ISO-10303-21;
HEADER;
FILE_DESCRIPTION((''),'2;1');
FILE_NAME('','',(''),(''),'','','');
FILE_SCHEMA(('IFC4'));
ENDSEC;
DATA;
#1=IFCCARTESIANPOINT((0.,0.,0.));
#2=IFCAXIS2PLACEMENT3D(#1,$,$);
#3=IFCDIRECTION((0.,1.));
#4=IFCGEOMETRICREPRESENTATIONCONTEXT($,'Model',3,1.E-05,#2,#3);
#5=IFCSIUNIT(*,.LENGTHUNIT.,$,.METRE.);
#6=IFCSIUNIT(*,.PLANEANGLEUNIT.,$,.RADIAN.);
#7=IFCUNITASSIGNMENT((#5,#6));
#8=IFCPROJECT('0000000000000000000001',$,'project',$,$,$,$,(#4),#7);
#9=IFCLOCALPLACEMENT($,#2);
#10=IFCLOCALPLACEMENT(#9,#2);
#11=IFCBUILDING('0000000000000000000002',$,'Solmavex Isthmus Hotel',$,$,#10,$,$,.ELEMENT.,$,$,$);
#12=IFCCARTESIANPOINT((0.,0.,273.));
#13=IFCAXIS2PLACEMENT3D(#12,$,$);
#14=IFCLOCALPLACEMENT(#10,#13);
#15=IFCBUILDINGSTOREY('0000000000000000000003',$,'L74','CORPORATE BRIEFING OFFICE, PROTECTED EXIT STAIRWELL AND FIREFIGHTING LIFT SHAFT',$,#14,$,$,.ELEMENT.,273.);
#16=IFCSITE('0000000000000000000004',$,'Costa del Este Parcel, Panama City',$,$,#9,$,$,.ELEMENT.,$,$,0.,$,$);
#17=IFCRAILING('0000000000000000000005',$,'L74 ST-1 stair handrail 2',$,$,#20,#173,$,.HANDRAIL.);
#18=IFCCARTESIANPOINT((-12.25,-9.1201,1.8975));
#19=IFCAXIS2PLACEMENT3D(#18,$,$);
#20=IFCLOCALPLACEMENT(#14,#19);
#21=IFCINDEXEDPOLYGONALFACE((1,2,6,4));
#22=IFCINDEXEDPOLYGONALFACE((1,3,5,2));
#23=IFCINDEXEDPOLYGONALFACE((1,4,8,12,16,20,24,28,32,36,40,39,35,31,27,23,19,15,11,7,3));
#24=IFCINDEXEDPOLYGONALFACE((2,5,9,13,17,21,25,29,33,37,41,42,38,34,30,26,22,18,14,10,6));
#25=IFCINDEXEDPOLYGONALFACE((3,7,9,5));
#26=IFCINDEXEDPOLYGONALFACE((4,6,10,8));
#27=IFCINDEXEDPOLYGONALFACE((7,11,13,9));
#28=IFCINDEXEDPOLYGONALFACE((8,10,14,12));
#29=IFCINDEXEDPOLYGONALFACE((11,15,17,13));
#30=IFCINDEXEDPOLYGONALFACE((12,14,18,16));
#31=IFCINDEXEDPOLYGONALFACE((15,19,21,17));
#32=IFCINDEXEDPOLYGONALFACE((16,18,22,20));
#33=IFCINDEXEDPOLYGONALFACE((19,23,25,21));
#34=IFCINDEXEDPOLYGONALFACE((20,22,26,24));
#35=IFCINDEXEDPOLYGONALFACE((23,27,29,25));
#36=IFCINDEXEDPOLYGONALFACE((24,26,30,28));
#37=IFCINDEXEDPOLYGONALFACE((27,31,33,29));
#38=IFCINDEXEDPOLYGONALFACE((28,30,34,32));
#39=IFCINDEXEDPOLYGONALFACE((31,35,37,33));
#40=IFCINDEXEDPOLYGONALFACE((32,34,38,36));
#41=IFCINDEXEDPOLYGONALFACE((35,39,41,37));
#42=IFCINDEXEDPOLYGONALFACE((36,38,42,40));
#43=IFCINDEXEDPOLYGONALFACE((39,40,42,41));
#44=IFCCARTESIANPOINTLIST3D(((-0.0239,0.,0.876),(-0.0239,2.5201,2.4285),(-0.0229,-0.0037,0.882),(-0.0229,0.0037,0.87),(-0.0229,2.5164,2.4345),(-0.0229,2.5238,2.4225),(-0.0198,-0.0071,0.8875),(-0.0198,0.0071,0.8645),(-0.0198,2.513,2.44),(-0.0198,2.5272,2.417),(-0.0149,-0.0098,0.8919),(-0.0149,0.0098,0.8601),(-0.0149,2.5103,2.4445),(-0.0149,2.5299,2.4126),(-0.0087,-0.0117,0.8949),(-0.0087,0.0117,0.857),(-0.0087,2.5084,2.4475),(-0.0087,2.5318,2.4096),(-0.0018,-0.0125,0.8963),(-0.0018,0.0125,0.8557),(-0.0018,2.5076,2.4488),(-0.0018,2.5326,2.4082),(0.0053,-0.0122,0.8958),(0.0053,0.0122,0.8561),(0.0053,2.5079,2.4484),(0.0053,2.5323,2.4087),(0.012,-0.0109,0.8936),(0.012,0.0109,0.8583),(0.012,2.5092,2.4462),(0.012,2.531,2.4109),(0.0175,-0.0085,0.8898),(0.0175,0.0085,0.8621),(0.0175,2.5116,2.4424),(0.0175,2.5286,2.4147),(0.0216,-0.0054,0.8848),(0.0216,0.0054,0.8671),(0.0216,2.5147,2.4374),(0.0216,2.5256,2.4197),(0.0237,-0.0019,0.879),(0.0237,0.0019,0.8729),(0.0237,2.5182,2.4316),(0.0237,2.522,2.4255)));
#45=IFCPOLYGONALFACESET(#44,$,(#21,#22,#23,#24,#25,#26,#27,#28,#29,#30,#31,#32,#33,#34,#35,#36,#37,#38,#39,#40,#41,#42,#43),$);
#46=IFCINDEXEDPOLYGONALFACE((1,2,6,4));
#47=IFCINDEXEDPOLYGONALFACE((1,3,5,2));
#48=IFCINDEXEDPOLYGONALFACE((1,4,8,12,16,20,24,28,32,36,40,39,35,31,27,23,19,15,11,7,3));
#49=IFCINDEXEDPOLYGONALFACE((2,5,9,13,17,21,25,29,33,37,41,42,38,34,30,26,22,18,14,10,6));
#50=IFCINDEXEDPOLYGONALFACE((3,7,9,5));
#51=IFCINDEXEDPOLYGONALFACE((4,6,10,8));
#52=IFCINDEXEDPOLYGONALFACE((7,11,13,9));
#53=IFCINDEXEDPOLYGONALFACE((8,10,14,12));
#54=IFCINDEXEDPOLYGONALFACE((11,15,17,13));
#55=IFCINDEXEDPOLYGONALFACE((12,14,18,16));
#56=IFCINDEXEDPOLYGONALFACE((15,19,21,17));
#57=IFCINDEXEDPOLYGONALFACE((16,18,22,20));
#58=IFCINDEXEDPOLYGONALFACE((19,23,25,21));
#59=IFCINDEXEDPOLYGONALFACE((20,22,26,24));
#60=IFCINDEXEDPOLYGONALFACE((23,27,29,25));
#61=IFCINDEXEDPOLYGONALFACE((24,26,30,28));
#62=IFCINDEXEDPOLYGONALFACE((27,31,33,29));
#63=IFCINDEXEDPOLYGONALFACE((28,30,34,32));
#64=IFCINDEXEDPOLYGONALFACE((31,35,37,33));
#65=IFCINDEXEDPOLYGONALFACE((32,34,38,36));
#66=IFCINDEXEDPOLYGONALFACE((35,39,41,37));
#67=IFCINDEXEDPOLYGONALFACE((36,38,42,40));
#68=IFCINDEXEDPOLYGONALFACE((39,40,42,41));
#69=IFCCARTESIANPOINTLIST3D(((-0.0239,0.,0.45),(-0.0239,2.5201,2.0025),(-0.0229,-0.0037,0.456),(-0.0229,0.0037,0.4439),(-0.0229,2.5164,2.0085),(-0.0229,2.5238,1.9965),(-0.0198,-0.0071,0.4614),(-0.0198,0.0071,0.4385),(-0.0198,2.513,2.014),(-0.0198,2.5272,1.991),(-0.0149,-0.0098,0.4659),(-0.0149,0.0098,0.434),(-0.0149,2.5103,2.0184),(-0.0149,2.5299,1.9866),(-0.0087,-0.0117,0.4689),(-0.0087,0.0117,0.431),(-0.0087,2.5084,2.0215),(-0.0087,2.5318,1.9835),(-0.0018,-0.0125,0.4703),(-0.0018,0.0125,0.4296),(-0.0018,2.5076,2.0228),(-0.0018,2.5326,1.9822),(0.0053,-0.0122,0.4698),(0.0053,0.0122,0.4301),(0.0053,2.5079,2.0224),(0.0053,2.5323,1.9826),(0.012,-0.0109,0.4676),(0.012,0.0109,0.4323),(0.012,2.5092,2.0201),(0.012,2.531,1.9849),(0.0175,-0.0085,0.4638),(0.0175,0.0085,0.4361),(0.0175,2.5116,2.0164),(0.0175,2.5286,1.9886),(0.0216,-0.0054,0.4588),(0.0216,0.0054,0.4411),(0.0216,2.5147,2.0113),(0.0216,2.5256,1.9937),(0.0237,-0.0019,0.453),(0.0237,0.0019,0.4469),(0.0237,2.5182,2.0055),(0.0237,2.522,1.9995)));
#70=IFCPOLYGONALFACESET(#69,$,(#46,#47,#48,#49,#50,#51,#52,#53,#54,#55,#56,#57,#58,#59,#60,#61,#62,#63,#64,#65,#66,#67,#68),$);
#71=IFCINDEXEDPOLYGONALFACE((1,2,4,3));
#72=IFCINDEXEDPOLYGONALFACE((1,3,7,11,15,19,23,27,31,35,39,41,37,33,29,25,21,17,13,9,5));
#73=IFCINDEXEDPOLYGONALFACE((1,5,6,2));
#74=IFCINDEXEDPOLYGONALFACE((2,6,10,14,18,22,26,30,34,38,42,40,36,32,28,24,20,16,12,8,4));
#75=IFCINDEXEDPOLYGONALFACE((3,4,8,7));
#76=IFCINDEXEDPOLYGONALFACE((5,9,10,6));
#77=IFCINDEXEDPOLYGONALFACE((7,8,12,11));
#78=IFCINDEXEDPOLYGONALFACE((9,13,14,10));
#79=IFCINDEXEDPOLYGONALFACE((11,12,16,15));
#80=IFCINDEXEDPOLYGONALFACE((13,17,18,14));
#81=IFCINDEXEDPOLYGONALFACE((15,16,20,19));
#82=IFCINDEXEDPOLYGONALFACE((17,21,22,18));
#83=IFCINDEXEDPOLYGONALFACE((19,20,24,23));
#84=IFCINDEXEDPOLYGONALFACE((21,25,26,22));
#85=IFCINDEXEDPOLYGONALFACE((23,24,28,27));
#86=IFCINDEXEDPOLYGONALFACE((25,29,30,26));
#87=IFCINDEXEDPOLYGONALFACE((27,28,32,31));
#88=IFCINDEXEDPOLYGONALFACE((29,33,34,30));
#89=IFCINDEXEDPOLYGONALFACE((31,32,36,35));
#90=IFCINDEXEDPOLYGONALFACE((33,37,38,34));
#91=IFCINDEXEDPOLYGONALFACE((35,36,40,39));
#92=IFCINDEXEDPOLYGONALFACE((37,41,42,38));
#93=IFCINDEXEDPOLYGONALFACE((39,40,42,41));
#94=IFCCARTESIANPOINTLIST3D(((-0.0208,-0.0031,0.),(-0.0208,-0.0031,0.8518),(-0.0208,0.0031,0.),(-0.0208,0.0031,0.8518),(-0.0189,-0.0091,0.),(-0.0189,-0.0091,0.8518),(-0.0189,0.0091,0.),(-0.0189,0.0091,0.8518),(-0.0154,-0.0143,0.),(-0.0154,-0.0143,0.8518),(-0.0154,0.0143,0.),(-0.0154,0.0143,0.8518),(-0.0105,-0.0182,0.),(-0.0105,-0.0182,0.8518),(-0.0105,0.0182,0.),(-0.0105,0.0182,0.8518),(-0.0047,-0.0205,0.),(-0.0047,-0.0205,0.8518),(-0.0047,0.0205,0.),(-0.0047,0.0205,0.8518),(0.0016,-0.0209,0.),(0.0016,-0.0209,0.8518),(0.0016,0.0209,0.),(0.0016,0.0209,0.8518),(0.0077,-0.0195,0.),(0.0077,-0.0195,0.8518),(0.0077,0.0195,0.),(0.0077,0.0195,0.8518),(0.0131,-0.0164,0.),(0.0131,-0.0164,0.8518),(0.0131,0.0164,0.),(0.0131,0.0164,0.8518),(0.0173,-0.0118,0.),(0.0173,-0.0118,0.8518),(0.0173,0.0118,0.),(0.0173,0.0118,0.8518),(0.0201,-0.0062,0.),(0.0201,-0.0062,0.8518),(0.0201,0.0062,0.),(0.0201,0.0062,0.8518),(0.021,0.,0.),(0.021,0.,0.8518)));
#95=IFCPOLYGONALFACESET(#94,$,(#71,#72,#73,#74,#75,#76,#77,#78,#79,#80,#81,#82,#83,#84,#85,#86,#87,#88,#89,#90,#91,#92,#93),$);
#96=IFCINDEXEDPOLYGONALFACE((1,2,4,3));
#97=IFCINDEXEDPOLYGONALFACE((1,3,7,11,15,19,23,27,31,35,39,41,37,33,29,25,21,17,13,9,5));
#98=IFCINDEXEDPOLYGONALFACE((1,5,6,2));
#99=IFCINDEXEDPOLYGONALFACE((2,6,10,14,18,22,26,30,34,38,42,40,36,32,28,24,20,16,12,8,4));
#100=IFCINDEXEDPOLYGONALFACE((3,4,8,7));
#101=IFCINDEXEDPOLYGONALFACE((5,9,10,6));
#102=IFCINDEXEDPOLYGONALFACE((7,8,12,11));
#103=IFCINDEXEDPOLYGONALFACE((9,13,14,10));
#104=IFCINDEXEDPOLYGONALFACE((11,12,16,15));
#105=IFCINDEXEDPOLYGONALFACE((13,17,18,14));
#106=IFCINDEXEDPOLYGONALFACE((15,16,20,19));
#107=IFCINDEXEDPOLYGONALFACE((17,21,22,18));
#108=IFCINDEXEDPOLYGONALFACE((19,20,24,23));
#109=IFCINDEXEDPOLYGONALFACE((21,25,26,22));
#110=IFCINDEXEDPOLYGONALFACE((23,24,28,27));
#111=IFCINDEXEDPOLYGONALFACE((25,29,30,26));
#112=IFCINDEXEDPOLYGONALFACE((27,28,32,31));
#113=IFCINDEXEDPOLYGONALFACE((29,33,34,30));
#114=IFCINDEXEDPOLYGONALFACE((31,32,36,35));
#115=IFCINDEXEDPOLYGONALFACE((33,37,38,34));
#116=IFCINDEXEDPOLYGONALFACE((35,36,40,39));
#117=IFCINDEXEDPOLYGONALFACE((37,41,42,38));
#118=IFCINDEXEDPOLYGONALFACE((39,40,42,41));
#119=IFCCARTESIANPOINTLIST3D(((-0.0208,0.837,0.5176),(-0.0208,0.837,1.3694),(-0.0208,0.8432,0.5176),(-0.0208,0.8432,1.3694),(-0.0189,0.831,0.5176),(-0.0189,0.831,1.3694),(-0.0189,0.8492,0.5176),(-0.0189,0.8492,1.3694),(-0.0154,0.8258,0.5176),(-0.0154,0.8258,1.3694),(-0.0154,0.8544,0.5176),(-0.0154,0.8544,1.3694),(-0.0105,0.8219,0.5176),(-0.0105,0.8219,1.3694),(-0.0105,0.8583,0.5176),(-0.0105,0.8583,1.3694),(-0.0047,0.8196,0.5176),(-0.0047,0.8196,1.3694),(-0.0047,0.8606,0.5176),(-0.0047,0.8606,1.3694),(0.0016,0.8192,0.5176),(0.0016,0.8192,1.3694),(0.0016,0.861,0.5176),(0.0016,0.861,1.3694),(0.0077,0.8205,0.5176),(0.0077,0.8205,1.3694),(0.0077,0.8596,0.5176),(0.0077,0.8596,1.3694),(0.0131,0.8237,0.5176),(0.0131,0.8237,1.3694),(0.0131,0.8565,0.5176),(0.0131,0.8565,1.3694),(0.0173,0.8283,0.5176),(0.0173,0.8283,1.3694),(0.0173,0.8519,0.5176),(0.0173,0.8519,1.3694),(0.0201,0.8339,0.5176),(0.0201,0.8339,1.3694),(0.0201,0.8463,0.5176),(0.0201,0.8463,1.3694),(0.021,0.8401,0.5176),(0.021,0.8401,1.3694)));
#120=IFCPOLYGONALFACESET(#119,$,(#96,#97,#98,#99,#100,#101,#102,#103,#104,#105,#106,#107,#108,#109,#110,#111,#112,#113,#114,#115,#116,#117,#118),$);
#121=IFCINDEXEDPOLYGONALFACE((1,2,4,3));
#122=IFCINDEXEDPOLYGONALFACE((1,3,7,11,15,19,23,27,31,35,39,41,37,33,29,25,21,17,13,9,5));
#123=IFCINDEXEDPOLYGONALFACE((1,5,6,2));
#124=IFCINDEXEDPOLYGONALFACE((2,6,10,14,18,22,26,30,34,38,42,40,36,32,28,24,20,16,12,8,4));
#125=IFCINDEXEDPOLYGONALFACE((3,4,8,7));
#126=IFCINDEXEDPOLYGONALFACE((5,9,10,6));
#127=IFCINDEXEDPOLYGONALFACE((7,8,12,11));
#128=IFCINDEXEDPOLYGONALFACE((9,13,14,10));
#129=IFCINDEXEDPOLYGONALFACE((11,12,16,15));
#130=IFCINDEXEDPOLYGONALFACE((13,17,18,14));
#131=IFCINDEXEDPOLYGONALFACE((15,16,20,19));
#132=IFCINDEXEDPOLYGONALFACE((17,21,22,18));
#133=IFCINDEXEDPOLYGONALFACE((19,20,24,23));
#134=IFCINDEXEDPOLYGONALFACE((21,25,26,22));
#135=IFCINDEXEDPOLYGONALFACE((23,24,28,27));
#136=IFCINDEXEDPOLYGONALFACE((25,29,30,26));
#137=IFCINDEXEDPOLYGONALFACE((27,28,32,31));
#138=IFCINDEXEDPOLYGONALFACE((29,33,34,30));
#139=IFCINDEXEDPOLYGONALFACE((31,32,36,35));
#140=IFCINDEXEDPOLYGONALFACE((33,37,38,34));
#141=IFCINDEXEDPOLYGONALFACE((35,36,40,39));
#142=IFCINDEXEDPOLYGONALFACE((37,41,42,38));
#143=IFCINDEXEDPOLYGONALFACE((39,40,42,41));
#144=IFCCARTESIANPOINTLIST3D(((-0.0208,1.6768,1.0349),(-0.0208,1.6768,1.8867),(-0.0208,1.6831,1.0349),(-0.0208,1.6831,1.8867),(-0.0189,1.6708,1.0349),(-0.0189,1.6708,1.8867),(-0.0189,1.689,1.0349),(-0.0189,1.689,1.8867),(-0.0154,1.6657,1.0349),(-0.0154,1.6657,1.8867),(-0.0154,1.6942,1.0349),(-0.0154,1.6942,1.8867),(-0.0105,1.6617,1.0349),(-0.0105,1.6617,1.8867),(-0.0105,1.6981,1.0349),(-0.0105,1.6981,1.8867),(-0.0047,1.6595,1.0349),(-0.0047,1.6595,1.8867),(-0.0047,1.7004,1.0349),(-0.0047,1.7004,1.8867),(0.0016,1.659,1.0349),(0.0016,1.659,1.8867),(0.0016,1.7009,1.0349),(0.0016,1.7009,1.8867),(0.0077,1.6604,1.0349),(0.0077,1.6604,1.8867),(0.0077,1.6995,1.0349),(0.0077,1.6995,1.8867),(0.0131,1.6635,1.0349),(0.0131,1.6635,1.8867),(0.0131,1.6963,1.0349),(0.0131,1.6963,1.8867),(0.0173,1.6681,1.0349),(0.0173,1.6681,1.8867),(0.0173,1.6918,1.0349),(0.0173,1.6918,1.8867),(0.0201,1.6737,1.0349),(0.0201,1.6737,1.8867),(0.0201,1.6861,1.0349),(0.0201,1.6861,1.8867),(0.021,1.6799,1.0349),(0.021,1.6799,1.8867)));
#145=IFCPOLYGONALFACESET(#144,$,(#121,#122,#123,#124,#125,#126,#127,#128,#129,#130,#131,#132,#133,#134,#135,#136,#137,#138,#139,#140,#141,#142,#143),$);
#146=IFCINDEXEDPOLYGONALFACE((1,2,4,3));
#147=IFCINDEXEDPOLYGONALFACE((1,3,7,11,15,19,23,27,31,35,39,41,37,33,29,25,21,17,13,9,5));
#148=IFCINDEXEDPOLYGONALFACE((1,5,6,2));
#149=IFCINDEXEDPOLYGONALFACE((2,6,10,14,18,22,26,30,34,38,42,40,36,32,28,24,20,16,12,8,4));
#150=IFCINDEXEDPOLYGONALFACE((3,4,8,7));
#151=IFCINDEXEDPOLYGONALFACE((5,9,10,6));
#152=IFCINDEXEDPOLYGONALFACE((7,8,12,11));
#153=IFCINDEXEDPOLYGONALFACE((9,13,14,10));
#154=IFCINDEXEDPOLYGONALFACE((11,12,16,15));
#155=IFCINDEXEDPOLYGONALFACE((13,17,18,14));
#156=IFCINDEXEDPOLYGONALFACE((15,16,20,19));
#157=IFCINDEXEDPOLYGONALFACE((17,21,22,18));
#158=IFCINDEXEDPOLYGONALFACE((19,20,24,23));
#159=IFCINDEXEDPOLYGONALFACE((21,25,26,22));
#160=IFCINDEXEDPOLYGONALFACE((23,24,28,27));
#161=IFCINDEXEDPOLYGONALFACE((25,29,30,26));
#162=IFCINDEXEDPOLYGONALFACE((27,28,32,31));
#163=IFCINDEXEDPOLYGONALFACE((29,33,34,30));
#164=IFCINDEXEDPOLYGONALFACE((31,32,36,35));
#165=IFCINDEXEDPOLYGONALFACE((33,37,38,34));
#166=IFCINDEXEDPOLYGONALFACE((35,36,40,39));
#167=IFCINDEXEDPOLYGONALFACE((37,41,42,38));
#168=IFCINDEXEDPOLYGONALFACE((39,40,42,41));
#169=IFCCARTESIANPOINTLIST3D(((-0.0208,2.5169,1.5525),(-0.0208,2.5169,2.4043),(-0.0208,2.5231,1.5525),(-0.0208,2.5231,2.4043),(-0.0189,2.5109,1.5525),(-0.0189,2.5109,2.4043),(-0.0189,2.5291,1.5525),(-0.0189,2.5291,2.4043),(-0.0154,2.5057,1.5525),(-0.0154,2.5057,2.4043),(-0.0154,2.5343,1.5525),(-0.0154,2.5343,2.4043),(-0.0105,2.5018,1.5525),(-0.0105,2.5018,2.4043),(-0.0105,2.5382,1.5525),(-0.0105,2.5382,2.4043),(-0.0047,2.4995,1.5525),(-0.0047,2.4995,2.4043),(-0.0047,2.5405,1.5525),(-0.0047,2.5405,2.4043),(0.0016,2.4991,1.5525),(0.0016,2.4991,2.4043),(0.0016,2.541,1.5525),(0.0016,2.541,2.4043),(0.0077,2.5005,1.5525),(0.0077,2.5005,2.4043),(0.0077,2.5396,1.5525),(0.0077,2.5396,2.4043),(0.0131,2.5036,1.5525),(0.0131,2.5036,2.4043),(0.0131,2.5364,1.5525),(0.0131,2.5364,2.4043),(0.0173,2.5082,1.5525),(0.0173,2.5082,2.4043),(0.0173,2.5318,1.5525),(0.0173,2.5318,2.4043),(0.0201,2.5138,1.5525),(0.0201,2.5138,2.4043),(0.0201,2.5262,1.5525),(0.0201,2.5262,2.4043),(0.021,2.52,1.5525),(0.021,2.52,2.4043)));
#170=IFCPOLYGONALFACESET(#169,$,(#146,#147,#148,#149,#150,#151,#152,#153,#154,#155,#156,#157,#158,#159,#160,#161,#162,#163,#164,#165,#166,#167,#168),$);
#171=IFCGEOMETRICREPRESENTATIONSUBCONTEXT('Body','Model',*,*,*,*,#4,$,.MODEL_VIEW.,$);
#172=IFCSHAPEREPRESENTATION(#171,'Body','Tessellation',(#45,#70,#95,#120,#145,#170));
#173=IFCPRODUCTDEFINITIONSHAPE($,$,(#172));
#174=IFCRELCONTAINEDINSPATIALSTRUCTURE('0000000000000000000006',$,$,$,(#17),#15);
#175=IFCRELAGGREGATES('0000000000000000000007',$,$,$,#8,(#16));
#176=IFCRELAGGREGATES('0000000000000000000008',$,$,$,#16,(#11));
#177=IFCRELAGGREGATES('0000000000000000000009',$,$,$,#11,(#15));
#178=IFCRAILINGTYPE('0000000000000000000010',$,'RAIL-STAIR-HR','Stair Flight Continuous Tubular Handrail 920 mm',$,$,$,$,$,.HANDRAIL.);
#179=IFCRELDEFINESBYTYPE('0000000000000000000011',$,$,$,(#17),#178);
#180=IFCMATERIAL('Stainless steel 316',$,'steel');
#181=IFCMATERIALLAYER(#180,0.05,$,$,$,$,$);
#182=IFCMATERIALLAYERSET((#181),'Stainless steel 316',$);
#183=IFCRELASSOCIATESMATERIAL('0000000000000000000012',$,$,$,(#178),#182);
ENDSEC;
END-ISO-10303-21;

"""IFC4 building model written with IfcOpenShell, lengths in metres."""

from ifc_helpers import new_model, si_unit, direction, frame, origin, origin_2d, place, context, subcontext, project, spatial, circle, extrude, material, layer, layer_set, type_object, element, save


model = new_model("IFC4")

# Units and contexts
model_context = context("Model", 3, precision=1e-05, world=origin(), true_north=direction((0.0, 1.0)))
body_context = subcontext(model_context, "Body", "Model", "MODEL_VIEW")
ifc_project = project(units=[si_unit("LENGTHUNIT", "METRE"), si_unit("PLANEANGLEUNIT", "RADIAN")], contexts=[model_context])

# Site, building, storey
site_placement = place(None, origin())
site = spatial("IfcSite", under=ifc_project, at=site_placement, Name="Costa del Este Parcel, Panama City", CompositionType="ELEMENT", RefElevation=0.0)
building_placement = place(site_placement, origin())
building = spatial("IfcBuilding", under=site, at=building_placement, Name="Solmavex Isthmus Hotel", CompositionType="ELEMENT")
storey_placement = place(building_placement, frame((0.0, 0.0, 273.0)))
storey = spatial("IfcBuildingStorey", under=building, at=storey_placement, Name="L74", Description="CORPORATE BRIEFING OFFICE, PROTECTED EXIT STAIRWELL AND FIREFIGHTING LIFT SHAFT", CompositionType="ELEMENT", Elevation=273.0)

# Shared definitions
ifc_material_1 = material(Name="Stainless steel 316", Category="steel")

# Railing
ifc_layer_1 = layer(ifc_material_1, 0.05)
ifc_layer_set_1 = layer_set([ifc_layer_1], Name="Stainless steel 316")
railing_type_1 = type_object("IfcRailingType", Name="RAIL-STAIR-HR", Description="Stair Flight Continuous Tubular Handrail 920 mm", PredefinedType="HANDRAIL", material=ifc_layer_set_1)
railing_1_placement = place(storey_placement, frame((-12.25, -9.1201, 1.8975)))
element("IfcRailing", 1, at=railing_1_placement, inside=storey, type_object=railing_type_1, Name="L74 ST-1 stair handrail 2", PredefinedType="HANDRAIL", context=body_context, shape_type="SweptSolid", body=[
    extrude(circle(Radius=0.0239, at=origin_2d()), frame((0.0, 0.0, 0.876), z_axis=(0.0, 0.8514, 0.524516), x_axis=(-1.0, 0.0, 0.0)), (0.0, 0.0, 1.0), 2.96),
    extrude(circle(Radius=0.0239, at=origin_2d()), frame((0.0, 0.0, 0.45), z_axis=(0.0, 0.8514, 0.524516), x_axis=(-1.0, 0.0, 0.0)), (0.0, 0.0, 1.0), 2.96),
    extrude(circle(Radius=0.021, at=origin_2d()), origin(), (0.0, 0.0, 1.0), 0.8518),
    extrude(circle(Radius=0.021, at=origin_2d()), frame((0.0, 0.8401, 0.5176)), (0.0, 0.0, 1.0), 0.8518),
    extrude(circle(Radius=0.021, at=origin_2d()), frame((0.0, 1.6799, 1.0349)), (0.0, 0.0, 1.0), 0.8518),
    extrude(circle(Radius=0.021, at=origin_2d()), frame((0.0, 2.52, 1.5525)), (0.0, 0.0, 1.0), 0.8518),
])

save(model, "model.ifc")
